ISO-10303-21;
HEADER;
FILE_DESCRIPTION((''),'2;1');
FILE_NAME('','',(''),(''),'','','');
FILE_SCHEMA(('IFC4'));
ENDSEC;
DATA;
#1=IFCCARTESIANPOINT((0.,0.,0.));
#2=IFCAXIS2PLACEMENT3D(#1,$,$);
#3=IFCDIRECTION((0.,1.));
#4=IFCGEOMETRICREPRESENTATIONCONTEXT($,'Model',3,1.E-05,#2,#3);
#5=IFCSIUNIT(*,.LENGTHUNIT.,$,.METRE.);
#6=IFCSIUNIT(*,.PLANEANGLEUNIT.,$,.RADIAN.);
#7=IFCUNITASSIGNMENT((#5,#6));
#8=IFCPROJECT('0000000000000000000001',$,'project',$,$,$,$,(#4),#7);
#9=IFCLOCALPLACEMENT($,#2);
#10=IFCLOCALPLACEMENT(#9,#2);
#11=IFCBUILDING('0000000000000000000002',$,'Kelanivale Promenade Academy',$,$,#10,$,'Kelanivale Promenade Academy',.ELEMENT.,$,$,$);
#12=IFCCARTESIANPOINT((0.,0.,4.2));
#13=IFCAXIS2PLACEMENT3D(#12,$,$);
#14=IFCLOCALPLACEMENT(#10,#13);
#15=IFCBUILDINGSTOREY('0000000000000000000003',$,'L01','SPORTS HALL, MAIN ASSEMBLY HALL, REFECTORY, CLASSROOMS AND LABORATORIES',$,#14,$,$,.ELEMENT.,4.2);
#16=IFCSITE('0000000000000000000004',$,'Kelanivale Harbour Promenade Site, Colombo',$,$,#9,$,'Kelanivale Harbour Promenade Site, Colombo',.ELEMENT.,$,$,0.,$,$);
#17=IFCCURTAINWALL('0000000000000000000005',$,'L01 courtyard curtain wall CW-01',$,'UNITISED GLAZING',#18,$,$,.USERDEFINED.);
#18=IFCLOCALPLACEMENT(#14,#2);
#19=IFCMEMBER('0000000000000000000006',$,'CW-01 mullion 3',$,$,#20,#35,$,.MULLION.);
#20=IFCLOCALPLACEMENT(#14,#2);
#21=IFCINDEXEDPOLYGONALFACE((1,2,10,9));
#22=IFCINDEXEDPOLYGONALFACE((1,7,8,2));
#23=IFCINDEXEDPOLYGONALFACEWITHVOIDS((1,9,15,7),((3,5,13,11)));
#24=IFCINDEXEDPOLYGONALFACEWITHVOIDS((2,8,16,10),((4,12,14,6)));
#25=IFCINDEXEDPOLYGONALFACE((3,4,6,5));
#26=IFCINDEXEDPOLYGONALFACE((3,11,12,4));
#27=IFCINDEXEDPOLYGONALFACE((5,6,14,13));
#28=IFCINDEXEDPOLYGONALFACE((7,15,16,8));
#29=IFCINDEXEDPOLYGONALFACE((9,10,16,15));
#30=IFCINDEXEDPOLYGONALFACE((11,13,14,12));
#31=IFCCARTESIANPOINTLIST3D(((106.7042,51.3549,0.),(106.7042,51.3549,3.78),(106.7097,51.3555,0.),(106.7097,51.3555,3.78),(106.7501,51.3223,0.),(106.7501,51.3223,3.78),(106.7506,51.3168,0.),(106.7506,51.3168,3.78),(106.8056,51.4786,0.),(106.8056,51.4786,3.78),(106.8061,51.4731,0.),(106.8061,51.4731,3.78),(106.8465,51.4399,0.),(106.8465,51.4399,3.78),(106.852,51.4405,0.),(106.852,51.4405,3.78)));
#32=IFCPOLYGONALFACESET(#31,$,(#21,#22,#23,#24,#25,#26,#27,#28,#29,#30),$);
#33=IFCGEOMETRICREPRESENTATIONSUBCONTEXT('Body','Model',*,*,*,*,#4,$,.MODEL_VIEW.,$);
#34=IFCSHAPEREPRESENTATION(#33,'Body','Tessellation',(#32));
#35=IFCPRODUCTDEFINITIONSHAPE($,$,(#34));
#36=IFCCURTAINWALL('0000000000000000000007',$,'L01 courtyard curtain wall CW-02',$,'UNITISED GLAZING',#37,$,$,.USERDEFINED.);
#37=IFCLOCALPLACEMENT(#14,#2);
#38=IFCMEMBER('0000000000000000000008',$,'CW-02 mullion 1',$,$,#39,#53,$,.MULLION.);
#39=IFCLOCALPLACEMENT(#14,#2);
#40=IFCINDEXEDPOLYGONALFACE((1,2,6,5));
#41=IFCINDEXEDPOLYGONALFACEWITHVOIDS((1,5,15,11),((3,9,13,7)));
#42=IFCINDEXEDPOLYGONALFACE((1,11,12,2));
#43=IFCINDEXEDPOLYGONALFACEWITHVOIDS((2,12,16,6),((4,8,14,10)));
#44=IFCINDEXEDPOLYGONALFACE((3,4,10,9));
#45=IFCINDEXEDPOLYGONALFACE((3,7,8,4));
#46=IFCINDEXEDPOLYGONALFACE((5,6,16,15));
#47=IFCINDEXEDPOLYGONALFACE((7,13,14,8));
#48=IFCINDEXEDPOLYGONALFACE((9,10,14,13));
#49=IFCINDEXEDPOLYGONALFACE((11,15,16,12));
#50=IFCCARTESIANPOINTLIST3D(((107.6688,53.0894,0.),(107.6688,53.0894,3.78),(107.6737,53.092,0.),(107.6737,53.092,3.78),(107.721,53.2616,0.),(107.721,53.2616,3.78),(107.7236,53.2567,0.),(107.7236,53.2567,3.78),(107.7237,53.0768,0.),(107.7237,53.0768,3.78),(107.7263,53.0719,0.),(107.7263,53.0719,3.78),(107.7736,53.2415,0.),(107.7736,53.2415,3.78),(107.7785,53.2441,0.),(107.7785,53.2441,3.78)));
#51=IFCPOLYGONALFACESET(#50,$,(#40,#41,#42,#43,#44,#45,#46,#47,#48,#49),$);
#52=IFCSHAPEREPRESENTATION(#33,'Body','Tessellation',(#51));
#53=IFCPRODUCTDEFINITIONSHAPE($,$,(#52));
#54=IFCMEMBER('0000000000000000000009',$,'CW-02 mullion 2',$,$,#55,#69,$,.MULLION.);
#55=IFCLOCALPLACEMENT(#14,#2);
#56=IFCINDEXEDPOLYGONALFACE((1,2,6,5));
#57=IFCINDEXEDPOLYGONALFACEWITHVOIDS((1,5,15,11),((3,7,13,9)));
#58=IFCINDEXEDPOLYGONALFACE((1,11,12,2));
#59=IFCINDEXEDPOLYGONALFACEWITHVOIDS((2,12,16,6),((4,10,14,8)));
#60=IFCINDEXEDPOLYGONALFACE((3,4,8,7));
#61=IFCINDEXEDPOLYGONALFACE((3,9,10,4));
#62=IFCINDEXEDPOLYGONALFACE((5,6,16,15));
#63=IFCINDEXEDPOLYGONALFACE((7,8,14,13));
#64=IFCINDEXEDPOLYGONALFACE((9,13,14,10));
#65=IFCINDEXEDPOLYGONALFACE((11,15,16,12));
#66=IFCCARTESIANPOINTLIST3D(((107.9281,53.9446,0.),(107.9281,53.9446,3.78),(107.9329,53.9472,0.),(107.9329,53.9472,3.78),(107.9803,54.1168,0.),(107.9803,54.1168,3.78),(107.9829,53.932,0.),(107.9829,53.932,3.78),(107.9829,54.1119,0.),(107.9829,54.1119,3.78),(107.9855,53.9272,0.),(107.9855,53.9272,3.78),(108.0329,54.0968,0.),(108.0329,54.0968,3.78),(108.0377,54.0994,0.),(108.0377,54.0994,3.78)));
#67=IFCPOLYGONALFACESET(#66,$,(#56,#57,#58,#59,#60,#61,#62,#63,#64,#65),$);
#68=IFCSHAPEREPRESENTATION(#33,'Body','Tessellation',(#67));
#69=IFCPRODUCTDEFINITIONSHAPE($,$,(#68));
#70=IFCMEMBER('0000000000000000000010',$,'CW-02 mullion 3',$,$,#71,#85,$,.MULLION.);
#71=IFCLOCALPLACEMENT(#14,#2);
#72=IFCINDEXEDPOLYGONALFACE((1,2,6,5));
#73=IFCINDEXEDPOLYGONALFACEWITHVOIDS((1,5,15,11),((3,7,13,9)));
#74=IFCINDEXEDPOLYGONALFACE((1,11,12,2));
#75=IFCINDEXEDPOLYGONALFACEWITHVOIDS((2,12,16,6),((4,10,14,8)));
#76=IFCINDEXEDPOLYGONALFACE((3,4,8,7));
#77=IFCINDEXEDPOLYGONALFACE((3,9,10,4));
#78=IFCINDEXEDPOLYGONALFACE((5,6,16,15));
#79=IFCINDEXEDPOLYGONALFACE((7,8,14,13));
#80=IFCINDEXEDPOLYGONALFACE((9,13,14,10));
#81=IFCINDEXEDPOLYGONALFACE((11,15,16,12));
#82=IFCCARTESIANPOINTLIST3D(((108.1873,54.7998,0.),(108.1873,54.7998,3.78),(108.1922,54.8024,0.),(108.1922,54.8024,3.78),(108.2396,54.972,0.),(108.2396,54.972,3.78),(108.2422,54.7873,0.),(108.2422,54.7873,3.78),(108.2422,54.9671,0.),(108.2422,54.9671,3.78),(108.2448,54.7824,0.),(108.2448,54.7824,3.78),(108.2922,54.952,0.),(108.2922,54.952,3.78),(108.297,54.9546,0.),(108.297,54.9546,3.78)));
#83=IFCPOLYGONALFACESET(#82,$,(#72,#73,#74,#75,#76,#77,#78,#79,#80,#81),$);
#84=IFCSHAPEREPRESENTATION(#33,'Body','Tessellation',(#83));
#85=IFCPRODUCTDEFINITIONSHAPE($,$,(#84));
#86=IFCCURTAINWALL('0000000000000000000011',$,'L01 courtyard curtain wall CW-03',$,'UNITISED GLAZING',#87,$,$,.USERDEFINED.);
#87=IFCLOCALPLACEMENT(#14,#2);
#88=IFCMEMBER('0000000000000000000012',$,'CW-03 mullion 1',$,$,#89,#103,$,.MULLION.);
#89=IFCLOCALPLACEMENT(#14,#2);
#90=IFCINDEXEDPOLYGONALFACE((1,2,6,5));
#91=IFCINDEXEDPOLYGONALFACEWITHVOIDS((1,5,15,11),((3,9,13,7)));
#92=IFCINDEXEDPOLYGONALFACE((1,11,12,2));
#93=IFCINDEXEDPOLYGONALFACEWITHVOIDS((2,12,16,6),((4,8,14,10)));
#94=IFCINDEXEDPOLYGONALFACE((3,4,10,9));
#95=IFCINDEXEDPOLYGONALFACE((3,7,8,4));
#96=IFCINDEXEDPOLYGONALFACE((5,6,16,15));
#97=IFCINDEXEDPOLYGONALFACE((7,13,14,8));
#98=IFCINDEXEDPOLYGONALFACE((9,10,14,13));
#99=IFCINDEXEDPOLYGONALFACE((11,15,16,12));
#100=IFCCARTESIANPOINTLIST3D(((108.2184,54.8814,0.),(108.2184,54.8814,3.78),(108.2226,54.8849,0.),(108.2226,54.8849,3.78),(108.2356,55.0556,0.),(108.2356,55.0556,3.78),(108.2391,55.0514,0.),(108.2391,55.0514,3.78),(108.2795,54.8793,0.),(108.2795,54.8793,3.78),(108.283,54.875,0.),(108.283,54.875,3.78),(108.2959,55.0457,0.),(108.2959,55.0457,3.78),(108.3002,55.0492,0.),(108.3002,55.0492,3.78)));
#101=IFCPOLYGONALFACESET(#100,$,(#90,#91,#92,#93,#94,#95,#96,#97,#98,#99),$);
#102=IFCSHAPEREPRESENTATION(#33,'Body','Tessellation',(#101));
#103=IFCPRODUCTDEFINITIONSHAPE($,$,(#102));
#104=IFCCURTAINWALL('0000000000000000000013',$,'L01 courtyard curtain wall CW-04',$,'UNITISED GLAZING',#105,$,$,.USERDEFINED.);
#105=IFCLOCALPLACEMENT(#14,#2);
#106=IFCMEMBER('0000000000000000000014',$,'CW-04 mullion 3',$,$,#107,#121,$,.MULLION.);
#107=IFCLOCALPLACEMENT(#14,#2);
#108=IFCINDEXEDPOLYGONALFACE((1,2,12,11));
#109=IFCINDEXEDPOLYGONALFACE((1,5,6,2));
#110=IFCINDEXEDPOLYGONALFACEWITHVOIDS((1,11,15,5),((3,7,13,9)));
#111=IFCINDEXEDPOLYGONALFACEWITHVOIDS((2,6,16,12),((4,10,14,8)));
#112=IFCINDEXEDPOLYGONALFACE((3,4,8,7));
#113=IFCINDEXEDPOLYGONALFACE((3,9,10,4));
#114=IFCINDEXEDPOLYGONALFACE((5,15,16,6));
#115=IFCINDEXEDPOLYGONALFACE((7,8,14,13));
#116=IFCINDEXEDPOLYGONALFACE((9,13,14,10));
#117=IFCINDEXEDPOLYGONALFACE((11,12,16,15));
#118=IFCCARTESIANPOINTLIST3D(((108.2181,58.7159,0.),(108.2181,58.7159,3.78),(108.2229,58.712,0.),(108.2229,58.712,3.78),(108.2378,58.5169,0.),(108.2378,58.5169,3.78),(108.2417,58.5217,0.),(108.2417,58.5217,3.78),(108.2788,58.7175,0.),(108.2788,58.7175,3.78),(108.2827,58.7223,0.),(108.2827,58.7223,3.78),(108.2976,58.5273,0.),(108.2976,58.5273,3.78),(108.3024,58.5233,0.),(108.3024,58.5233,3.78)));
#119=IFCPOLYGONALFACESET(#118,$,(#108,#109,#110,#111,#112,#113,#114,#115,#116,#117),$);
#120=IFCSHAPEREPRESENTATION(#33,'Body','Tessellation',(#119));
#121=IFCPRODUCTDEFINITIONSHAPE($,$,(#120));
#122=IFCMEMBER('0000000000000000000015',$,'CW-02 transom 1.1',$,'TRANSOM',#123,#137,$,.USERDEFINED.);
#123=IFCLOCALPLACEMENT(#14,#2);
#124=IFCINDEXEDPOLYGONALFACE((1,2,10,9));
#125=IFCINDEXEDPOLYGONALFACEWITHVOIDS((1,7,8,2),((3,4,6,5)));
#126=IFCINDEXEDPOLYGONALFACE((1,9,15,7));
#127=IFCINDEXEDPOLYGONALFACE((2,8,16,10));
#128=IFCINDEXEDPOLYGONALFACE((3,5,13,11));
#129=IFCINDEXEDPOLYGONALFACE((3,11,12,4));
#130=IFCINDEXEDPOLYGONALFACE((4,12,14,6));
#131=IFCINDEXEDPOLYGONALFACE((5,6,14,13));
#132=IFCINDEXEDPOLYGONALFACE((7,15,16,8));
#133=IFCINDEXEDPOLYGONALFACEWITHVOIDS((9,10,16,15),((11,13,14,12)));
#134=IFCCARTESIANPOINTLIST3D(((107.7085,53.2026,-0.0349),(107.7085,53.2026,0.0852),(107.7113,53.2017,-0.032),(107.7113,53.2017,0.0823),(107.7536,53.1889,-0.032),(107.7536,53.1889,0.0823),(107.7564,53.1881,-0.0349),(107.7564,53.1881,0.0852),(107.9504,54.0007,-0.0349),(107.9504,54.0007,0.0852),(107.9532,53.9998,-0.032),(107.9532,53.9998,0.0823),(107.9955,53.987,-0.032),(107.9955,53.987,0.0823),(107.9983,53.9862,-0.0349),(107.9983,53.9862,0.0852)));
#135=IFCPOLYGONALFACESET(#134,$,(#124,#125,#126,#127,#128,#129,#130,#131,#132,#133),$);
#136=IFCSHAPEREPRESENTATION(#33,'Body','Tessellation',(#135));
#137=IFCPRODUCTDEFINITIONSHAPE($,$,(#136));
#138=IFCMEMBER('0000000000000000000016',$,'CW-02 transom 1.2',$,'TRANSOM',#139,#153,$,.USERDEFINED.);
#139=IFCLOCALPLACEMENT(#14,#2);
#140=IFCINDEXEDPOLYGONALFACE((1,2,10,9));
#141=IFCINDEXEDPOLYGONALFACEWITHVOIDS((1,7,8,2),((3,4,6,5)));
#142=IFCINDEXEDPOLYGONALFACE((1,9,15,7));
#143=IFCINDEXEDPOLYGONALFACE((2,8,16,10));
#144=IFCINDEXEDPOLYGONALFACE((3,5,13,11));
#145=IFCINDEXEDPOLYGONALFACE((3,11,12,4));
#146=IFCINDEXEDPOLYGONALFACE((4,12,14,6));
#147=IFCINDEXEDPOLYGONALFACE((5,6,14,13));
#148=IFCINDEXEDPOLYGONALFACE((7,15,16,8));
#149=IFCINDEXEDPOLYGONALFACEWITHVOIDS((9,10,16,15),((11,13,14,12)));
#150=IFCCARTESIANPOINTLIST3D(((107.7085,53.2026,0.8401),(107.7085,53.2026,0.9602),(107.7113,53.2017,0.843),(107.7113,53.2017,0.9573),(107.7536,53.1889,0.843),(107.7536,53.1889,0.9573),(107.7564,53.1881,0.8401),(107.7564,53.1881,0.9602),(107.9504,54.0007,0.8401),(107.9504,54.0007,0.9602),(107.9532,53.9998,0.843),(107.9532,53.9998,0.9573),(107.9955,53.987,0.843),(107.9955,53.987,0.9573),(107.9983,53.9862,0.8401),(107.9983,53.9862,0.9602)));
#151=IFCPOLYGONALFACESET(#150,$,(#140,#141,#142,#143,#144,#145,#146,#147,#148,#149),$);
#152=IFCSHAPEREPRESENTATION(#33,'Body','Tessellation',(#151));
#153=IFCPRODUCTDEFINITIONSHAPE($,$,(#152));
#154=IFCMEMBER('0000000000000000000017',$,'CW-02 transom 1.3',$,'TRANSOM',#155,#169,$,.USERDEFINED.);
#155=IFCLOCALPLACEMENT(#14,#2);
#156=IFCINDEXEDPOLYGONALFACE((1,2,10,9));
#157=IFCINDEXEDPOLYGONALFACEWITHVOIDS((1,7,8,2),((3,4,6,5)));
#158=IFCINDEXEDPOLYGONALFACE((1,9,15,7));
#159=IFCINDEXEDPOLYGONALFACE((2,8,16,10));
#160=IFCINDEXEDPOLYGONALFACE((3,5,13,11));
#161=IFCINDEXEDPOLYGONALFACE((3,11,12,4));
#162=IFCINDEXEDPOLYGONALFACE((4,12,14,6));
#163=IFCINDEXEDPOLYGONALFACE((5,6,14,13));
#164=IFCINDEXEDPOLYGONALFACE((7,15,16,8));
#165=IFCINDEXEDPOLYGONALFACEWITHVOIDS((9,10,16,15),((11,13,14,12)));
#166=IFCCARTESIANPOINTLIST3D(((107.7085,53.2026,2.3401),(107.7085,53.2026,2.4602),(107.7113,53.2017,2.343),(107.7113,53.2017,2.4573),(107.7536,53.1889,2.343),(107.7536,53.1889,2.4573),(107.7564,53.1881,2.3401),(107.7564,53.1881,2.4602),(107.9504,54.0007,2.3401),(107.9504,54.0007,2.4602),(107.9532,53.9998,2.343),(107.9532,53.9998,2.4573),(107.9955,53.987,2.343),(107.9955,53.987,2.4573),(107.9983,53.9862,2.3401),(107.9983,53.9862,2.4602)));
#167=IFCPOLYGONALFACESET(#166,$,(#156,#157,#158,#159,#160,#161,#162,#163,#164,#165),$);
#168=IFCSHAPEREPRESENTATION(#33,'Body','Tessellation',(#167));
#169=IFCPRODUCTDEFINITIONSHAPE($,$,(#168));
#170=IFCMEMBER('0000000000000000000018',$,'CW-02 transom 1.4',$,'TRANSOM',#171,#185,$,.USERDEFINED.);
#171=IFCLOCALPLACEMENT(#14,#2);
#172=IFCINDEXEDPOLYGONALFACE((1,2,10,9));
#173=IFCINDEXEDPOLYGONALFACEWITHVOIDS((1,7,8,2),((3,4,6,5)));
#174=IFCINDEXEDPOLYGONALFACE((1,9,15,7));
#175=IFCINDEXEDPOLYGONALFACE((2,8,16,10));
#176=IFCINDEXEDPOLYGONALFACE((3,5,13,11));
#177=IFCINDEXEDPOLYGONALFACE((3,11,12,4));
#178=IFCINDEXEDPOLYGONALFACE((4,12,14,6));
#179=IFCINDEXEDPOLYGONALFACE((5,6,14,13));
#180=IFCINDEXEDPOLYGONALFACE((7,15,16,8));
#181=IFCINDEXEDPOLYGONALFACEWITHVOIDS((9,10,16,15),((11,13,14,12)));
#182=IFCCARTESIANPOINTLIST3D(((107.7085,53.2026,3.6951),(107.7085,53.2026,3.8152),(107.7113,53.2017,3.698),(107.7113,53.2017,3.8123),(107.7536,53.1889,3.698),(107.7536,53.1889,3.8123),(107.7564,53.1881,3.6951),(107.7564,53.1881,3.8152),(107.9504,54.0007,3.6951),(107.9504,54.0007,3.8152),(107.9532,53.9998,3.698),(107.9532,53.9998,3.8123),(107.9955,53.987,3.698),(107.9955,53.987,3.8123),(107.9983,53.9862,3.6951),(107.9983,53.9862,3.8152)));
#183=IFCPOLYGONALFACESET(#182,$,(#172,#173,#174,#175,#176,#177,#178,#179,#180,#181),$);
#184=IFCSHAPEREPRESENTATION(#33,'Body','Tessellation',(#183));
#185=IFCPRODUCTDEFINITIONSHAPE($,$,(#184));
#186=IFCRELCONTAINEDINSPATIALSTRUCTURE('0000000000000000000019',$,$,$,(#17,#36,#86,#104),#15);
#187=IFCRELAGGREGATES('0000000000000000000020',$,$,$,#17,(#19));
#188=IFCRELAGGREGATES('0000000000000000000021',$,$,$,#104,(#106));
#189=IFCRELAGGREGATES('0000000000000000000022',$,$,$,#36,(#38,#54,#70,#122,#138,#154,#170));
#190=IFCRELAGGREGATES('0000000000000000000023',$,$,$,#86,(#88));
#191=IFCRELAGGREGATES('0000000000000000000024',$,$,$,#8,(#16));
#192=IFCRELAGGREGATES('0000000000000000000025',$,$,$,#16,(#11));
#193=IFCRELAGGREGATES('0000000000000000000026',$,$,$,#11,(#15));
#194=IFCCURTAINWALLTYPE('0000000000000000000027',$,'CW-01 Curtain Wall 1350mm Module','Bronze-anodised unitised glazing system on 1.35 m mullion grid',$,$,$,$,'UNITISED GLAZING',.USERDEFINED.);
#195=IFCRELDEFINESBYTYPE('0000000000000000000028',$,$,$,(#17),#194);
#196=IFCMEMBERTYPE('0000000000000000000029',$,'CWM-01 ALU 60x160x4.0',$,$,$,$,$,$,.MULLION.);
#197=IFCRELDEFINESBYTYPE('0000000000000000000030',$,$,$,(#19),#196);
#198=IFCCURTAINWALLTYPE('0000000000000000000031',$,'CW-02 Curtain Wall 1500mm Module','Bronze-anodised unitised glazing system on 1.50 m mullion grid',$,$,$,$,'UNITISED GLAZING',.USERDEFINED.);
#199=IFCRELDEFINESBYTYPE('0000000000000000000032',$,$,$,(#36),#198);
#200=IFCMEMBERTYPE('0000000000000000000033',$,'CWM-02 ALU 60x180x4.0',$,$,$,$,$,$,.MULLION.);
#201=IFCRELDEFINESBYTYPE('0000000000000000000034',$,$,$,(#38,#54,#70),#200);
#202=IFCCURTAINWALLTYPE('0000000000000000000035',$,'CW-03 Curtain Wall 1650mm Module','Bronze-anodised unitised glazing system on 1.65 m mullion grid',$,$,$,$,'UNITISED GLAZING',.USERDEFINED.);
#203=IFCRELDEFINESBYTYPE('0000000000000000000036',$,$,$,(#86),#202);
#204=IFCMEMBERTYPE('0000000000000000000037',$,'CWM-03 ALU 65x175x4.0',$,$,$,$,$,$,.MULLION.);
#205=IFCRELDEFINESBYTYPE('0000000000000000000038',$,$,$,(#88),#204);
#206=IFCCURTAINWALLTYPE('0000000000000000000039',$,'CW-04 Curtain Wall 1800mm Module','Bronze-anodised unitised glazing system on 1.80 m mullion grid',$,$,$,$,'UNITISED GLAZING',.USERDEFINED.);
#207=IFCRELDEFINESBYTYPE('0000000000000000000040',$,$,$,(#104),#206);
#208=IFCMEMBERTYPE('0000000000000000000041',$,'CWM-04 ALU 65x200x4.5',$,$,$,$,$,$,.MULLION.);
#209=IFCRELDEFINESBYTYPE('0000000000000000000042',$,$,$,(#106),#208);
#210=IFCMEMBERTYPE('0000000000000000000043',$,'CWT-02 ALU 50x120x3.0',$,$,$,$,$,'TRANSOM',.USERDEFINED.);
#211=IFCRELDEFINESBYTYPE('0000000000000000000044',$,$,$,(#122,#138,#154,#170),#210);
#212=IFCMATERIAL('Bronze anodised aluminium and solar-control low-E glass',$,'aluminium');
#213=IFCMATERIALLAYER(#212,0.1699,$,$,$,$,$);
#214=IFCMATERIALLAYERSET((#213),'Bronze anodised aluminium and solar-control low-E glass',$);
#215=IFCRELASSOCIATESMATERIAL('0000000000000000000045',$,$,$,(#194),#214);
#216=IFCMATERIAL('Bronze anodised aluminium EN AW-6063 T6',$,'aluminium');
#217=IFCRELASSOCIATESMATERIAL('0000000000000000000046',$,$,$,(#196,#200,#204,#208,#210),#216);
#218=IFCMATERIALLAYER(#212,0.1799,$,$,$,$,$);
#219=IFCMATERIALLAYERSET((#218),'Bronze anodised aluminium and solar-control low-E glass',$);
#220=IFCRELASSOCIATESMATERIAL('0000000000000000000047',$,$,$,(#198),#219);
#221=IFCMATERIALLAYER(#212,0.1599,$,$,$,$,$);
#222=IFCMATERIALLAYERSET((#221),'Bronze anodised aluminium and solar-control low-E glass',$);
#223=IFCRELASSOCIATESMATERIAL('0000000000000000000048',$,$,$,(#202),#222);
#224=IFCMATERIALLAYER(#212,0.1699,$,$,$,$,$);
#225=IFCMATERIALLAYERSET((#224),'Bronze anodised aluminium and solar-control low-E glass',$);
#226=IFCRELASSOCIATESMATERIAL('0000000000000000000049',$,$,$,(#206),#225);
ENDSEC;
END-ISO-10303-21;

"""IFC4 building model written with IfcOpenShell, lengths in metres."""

from ifc_helpers import new_model, si_unit, direction, frame, origin, origin_2d, place, context, subcontext, project, spatial, hollow_rectangle, extrude, material, layer, layer_set, material_profile, profile_set, type_object, element, aggregate, save


model = new_model("IFC4")

# Units and contexts
model_context = context("Model", 3, precision=1e-05, world=origin(), true_north=direction((0.0, 1.0)))
body_context = subcontext(model_context, "Body", "Model", "MODEL_VIEW")
ifc_project = project(units=[si_unit("LENGTHUNIT", "METRE"), si_unit("PLANEANGLEUNIT", "RADIAN")], contexts=[model_context])

# Site, building, storey
site_placement = place(None, origin())
site = spatial("IfcSite", under=ifc_project, at=site_placement, Name="Kelanivale Harbour Promenade Site, Colombo", LongName="Kelanivale Harbour Promenade Site, Colombo", CompositionType="ELEMENT", RefElevation=0.0)
building_placement = place(site_placement, origin())
building = spatial("IfcBuilding", under=site, at=building_placement, Name="Kelanivale Promenade Academy", LongName="Kelanivale Promenade Academy", CompositionType="ELEMENT")
storey_placement = place(building_placement, frame((0.0, 0.0, 4.2)))
storey = spatial("IfcBuildingStorey", under=building, at=storey_placement, Name="L01", Description="SPORTS HALL, MAIN ASSEMBLY HALL, REFECTORY, CLASSROOMS AND LABORATORIES", CompositionType="ELEMENT", Elevation=4.2)

# Curtain wall, member
ifc_material_1 = material(Name="Bronze anodised aluminium and solar-control low-E glass", Category="aluminium")
ifc_layer_1 = layer(ifc_material_1, 0.1699)
ifc_layer_set_1 = layer_set([ifc_layer_1], Name="Bronze anodised aluminium and solar-control low-E glass")
curtain_wall_type_1 = type_object("IfcCurtainWallType", Name="CW-01 Curtain Wall 1350mm Module", Description="Bronze-anodised unitised glazing system on 1.35 m mullion grid", ElementType="UNITISED GLAZING", PredefinedType="USERDEFINED", material=ifc_layer_set_1)
curtain_wall_1_placement = place(storey_placement, origin())
curtain_wall_1 = element("IfcCurtainWall", 1, at=curtain_wall_1_placement, inside=storey, type_object=curtain_wall_type_1, Name="L01 courtyard curtain wall CW-01", ObjectType="UNITISED GLAZING", PredefinedType="USERDEFINED")
ifc_material_2 = material(Name="Bronze anodised aluminium EN AW-6063 T6", Category="aluminium")
ifc_material_profile_1 = material_profile(ifc_material_2, hollow_rectangle(XDim=0.0601, YDim=0.1599, WallThickness=0.0039, at=origin_2d()), Name="ALU 60x160x4.0")
ifc_profile_set_1 = profile_set([ifc_material_profile_1], Name="Bronze anodised aluminium EN AW-6063 T6")
member_type_1 = type_object("IfcMemberType", Name="CWM-01 ALU 60x160x4.0", PredefinedType="MULLION", material=ifc_profile_set_1)
member_1_placement = place(storey_placement, frame((106.7781, 51.3977, 0.0), z_axis=(0.0, 0.0, 1.0), x_axis=(-0.773257, 0.634093, 0.0)))
member_1 = element("IfcMember", 2, at=member_1_placement, type_object=member_type_1, Name="CW-01 mullion 3", PredefinedType="MULLION", context=body_context, shape_type="SweptSolid", body=[
    extrude(hollow_rectangle(XDim=0.0601, YDim=0.1599, WallThickness=0.0039, at=origin_2d()), origin(), (0.0, 0.0, 1.0), 3.78),
])

# Curtain wall, members
ifc_layer_2 = layer(ifc_material_1, 0.1799)
ifc_layer_set_2 = layer_set([ifc_layer_2], Name="Bronze anodised aluminium and solar-control low-E glass")
curtain_wall_type_2 = type_object("IfcCurtainWallType", Name="CW-02 Curtain Wall 1500mm Module", Description="Bronze-anodised unitised glazing system on 1.50 m mullion grid", ElementType="UNITISED GLAZING", PredefinedType="USERDEFINED", material=ifc_layer_set_2)
curtain_wall_2_placement = place(storey_placement, origin())
curtain_wall_2 = element("IfcCurtainWall", 3, at=curtain_wall_2_placement, inside=storey, type_object=curtain_wall_type_2, Name="L01 courtyard curtain wall CW-02", ObjectType="UNITISED GLAZING", PredefinedType="USERDEFINED")
ifc_material_profile_2 = material_profile(ifc_material_2, hollow_rectangle(XDim=0.0601, YDim=0.1799, WallThickness=0.0039, at=origin_2d()), Name="ALU 60x180x4.0")
ifc_profile_set_2 = profile_set([ifc_material_profile_2], Name="Bronze anodised aluminium EN AW-6063 T6")
member_type_2 = type_object("IfcMemberType", Name="CWM-02 ALU 60x180x4.0", PredefinedType="MULLION", material=ifc_profile_set_2)
member_2_placement = place(storey_placement, frame((107.7236, 53.1667, 0.0), z_axis=(0.0, 0.0, 1.0), x_axis=(-0.956988, 0.290128, 0.0)))
member_2 = element("IfcMember", 4, at=member_2_placement, type_object=member_type_2, Name="CW-02 mullion 1", PredefinedType="MULLION", context=body_context, shape_type="SweptSolid", body=[
    extrude(hollow_rectangle(XDim=0.0601, YDim=0.1799, WallThickness=0.0039, at=origin_2d()), origin(), (0.0, 0.0, 1.0), 3.78),
])
member_3_placement = place(storey_placement, frame((107.9829, 54.022, 0.0), z_axis=(0.0, 0.0, 1.0), x_axis=(-0.956988, 0.290128, 0.0)))
member_3 = element("IfcMember", 5, at=member_3_placement, type_object=member_type_2, Name="CW-02 mullion 2", PredefinedType="MULLION", context=body_context, shape_type="SweptSolid", body=[
    extrude(hollow_rectangle(XDim=0.0601, YDim=0.1799, WallThickness=0.0039, at=origin_2d()), origin(), (0.0, 0.0, 1.0), 3.78),
])
member_4_placement = place(storey_placement, frame((108.2422, 54.8772, 0.0), z_axis=(0.0, 0.0, 1.0), x_axis=(-0.956988, 0.290128, 0.0)))
member_4 = element("IfcMember", 6, at=member_4_placement, type_object=member_type_2, Name="CW-02 mullion 3", PredefinedType="MULLION", context=body_context, shape_type="SweptSolid", body=[
    extrude(hollow_rectangle(XDim=0.0601, YDim=0.1799, WallThickness=0.0039, at=origin_2d()), origin(), (0.0, 0.0, 1.0), 3.78),
])

# Curtain walls, members
ifc_layer_3 = layer(ifc_material_1, 0.1599)
ifc_layer_set_3 = layer_set([ifc_layer_3], Name="Bronze anodised aluminium and solar-control low-E glass")
curtain_wall_type_3 = type_object("IfcCurtainWallType", Name="CW-03 Curtain Wall 1650mm Module", Description="Bronze-anodised unitised glazing system on 1.65 m mullion grid", ElementType="UNITISED GLAZING", PredefinedType="USERDEFINED", material=ifc_layer_set_3)
curtain_wall_3_placement = place(storey_placement, origin())
curtain_wall_3 = element("IfcCurtainWall", 7, at=curtain_wall_3_placement, inside=storey, type_object=curtain_wall_type_3, Name="L01 courtyard curtain wall CW-03", ObjectType="UNITISED GLAZING", PredefinedType="USERDEFINED")
ifc_material_profile_3 = material_profile(ifc_material_2, hollow_rectangle(XDim=0.0649, YDim=0.175, WallThickness=0.0039, at=origin_2d()), Name="ALU 65x175x4.0")
ifc_profile_set_3 = profile_set([ifc_material_profile_3], Name="Bronze anodised aluminium EN AW-6063 T6")
member_type_3 = type_object("IfcMemberType", Name="CWM-03 ALU 65x175x4.0", PredefinedType="MULLION", material=ifc_profile_set_3)
member_5_placement = place(storey_placement, frame((108.2593, 54.9653, 0.0), z_axis=(0.0, 0.0, 1.0), x_axis=(-0.995159, 0.098281, 0.0)))
member_5 = element("IfcMember", 8, at=member_5_placement, type_object=member_type_3, Name="CW-03 mullion 1", PredefinedType="MULLION", context=body_context, shape_type="SweptSolid", body=[
    extrude(hollow_rectangle(XDim=0.0649, YDim=0.175, WallThickness=0.0039, at=origin_2d()), origin(), (0.0, 0.0, 1.0), 3.78),
])
ifc_layer_4 = layer(ifc_material_1, 0.1699)
ifc_layer_set_4 = layer_set([ifc_layer_4], Name="Bronze anodised aluminium and solar-control low-E glass")
curtain_wall_type_4 = type_object("IfcCurtainWallType", Name="CW-04 Curtain Wall 1800mm Module", Description="Bronze-anodised unitised glazing system on 1.80 m mullion grid", ElementType="UNITISED GLAZING", PredefinedType="USERDEFINED", material=ifc_layer_set_4)
curtain_wall_4_placement = place(storey_placement, origin())
curtain_wall_4 = element("IfcCurtainWall", 9, at=curtain_wall_4_placement, inside=storey, type_object=curtain_wall_type_4, Name="L01 courtyard curtain wall CW-04", ObjectType="UNITISED GLAZING", PredefinedType="USERDEFINED")
ifc_material_profile_4 = material_profile(ifc_material_2, hollow_rectangle(XDim=0.0649, YDim=0.2, WallThickness=0.0044, at=origin_2d()), Name="ALU 65x200x4.5")
ifc_profile_set_4 = profile_set([ifc_material_profile_4], Name="Bronze anodised aluminium EN AW-6063 T6")
member_type_4 = type_object("IfcMemberType", Name="CWM-04 ALU 65x200x4.5", PredefinedType="MULLION", material=ifc_profile_set_4)
member_6_placement = place(storey_placement, frame((108.2603, 58.6196, 0.0), z_axis=(0.0, 0.0, 1.0), x_axis=(-0.995133, -0.098539, 0.0)))
member_6 = element("IfcMember", 10, at=member_6_placement, type_object=member_type_4, Name="CW-04 mullion 3", PredefinedType="MULLION", context=body_context, shape_type="SweptSolid", body=[
    extrude(hollow_rectangle(XDim=0.0649, YDim=0.2, WallThickness=0.0044, at=origin_2d()), origin(), (0.0, 0.0, 1.0), 3.78),
])

# Members
ifc_material_profile_5 = material_profile(ifc_material_2, hollow_rectangle(XDim=0.05, YDim=0.1201, WallThickness=0.0029, at=origin_2d()), Name="ALU 50x120x3.0")
ifc_profile_set_5 = profile_set([ifc_material_profile_5], Name="Bronze anodised aluminium EN AW-6063 T6")
member_type_5 = type_object("IfcMemberType", Name="CWT-02 ALU 50x120x3.0", ElementType="TRANSOM", PredefinedType="USERDEFINED", material=ifc_profile_set_5)
member_7_placement = place(storey_placement, frame((107.7324, 53.1953, 0.0251), z_axis=(0.290113, 0.956992, 0.0), x_axis=(-0.956992, 0.290113, 0.0)))
member_7 = element("IfcMember", 11, at=member_7_placement, type_object=member_type_5, Name="CW-02 transom 1.1", ObjectType="TRANSOM", PredefinedType="USERDEFINED", context=body_context, shape_type="SweptSolid", body=[
    extrude(hollow_rectangle(XDim=0.05, YDim=0.1201, WallThickness=0.0029, at=origin_2d()), origin(), (0.0, 0.0, 1.0), 0.834),
])
member_8_placement = place(storey_placement, frame((107.7324, 53.1953, 0.9001), z_axis=(0.290113, 0.956992, 0.0), x_axis=(-0.956992, 0.290113, 0.0)))
member_8 = element("IfcMember", 12, at=member_8_placement, type_object=member_type_5, Name="CW-02 transom 1.2", ObjectType="TRANSOM", PredefinedType="USERDEFINED", context=body_context, shape_type="SweptSolid", body=[
    extrude(hollow_rectangle(XDim=0.05, YDim=0.1201, WallThickness=0.0029, at=origin_2d()), origin(), (0.0, 0.0, 1.0), 0.834),
])
member_9_placement = place(storey_placement, frame((107.7324, 53.1953, 2.4001), z_axis=(0.290113, 0.956992, 0.0), x_axis=(-0.956992, 0.290113, 0.0)))
member_9 = element("IfcMember", 13, at=member_9_placement, type_object=member_type_5, Name="CW-02 transom 1.3", ObjectType="TRANSOM", PredefinedType="USERDEFINED", context=body_context, shape_type="SweptSolid", body=[
    extrude(hollow_rectangle(XDim=0.05, YDim=0.1201, WallThickness=0.0029, at=origin_2d()), origin(), (0.0, 0.0, 1.0), 0.834),
])
member_10_placement = place(storey_placement, frame((107.7324, 53.1953, 3.7551), z_axis=(0.290113, 0.956992, 0.0), x_axis=(-0.956992, 0.290113, 0.0)))
member_10 = element("IfcMember", 14, at=member_10_placement, type_object=member_type_5, Name="CW-02 transom 1.4", ObjectType="TRANSOM", PredefinedType="USERDEFINED", context=body_context, shape_type="SweptSolid", body=[
    extrude(hollow_rectangle(XDim=0.05, YDim=0.1201, WallThickness=0.0029, at=origin_2d()), origin(), (0.0, 0.0, 1.0), 0.834),
])

aggregate(curtain_wall_1, [member_1])
aggregate(curtain_wall_4, [member_6])
aggregate(curtain_wall_2, [member_2, member_3, member_4, member_7, member_8, member_9, member_10])
aggregate(curtain_wall_3, [member_5])

save(model, "model.ifc")
